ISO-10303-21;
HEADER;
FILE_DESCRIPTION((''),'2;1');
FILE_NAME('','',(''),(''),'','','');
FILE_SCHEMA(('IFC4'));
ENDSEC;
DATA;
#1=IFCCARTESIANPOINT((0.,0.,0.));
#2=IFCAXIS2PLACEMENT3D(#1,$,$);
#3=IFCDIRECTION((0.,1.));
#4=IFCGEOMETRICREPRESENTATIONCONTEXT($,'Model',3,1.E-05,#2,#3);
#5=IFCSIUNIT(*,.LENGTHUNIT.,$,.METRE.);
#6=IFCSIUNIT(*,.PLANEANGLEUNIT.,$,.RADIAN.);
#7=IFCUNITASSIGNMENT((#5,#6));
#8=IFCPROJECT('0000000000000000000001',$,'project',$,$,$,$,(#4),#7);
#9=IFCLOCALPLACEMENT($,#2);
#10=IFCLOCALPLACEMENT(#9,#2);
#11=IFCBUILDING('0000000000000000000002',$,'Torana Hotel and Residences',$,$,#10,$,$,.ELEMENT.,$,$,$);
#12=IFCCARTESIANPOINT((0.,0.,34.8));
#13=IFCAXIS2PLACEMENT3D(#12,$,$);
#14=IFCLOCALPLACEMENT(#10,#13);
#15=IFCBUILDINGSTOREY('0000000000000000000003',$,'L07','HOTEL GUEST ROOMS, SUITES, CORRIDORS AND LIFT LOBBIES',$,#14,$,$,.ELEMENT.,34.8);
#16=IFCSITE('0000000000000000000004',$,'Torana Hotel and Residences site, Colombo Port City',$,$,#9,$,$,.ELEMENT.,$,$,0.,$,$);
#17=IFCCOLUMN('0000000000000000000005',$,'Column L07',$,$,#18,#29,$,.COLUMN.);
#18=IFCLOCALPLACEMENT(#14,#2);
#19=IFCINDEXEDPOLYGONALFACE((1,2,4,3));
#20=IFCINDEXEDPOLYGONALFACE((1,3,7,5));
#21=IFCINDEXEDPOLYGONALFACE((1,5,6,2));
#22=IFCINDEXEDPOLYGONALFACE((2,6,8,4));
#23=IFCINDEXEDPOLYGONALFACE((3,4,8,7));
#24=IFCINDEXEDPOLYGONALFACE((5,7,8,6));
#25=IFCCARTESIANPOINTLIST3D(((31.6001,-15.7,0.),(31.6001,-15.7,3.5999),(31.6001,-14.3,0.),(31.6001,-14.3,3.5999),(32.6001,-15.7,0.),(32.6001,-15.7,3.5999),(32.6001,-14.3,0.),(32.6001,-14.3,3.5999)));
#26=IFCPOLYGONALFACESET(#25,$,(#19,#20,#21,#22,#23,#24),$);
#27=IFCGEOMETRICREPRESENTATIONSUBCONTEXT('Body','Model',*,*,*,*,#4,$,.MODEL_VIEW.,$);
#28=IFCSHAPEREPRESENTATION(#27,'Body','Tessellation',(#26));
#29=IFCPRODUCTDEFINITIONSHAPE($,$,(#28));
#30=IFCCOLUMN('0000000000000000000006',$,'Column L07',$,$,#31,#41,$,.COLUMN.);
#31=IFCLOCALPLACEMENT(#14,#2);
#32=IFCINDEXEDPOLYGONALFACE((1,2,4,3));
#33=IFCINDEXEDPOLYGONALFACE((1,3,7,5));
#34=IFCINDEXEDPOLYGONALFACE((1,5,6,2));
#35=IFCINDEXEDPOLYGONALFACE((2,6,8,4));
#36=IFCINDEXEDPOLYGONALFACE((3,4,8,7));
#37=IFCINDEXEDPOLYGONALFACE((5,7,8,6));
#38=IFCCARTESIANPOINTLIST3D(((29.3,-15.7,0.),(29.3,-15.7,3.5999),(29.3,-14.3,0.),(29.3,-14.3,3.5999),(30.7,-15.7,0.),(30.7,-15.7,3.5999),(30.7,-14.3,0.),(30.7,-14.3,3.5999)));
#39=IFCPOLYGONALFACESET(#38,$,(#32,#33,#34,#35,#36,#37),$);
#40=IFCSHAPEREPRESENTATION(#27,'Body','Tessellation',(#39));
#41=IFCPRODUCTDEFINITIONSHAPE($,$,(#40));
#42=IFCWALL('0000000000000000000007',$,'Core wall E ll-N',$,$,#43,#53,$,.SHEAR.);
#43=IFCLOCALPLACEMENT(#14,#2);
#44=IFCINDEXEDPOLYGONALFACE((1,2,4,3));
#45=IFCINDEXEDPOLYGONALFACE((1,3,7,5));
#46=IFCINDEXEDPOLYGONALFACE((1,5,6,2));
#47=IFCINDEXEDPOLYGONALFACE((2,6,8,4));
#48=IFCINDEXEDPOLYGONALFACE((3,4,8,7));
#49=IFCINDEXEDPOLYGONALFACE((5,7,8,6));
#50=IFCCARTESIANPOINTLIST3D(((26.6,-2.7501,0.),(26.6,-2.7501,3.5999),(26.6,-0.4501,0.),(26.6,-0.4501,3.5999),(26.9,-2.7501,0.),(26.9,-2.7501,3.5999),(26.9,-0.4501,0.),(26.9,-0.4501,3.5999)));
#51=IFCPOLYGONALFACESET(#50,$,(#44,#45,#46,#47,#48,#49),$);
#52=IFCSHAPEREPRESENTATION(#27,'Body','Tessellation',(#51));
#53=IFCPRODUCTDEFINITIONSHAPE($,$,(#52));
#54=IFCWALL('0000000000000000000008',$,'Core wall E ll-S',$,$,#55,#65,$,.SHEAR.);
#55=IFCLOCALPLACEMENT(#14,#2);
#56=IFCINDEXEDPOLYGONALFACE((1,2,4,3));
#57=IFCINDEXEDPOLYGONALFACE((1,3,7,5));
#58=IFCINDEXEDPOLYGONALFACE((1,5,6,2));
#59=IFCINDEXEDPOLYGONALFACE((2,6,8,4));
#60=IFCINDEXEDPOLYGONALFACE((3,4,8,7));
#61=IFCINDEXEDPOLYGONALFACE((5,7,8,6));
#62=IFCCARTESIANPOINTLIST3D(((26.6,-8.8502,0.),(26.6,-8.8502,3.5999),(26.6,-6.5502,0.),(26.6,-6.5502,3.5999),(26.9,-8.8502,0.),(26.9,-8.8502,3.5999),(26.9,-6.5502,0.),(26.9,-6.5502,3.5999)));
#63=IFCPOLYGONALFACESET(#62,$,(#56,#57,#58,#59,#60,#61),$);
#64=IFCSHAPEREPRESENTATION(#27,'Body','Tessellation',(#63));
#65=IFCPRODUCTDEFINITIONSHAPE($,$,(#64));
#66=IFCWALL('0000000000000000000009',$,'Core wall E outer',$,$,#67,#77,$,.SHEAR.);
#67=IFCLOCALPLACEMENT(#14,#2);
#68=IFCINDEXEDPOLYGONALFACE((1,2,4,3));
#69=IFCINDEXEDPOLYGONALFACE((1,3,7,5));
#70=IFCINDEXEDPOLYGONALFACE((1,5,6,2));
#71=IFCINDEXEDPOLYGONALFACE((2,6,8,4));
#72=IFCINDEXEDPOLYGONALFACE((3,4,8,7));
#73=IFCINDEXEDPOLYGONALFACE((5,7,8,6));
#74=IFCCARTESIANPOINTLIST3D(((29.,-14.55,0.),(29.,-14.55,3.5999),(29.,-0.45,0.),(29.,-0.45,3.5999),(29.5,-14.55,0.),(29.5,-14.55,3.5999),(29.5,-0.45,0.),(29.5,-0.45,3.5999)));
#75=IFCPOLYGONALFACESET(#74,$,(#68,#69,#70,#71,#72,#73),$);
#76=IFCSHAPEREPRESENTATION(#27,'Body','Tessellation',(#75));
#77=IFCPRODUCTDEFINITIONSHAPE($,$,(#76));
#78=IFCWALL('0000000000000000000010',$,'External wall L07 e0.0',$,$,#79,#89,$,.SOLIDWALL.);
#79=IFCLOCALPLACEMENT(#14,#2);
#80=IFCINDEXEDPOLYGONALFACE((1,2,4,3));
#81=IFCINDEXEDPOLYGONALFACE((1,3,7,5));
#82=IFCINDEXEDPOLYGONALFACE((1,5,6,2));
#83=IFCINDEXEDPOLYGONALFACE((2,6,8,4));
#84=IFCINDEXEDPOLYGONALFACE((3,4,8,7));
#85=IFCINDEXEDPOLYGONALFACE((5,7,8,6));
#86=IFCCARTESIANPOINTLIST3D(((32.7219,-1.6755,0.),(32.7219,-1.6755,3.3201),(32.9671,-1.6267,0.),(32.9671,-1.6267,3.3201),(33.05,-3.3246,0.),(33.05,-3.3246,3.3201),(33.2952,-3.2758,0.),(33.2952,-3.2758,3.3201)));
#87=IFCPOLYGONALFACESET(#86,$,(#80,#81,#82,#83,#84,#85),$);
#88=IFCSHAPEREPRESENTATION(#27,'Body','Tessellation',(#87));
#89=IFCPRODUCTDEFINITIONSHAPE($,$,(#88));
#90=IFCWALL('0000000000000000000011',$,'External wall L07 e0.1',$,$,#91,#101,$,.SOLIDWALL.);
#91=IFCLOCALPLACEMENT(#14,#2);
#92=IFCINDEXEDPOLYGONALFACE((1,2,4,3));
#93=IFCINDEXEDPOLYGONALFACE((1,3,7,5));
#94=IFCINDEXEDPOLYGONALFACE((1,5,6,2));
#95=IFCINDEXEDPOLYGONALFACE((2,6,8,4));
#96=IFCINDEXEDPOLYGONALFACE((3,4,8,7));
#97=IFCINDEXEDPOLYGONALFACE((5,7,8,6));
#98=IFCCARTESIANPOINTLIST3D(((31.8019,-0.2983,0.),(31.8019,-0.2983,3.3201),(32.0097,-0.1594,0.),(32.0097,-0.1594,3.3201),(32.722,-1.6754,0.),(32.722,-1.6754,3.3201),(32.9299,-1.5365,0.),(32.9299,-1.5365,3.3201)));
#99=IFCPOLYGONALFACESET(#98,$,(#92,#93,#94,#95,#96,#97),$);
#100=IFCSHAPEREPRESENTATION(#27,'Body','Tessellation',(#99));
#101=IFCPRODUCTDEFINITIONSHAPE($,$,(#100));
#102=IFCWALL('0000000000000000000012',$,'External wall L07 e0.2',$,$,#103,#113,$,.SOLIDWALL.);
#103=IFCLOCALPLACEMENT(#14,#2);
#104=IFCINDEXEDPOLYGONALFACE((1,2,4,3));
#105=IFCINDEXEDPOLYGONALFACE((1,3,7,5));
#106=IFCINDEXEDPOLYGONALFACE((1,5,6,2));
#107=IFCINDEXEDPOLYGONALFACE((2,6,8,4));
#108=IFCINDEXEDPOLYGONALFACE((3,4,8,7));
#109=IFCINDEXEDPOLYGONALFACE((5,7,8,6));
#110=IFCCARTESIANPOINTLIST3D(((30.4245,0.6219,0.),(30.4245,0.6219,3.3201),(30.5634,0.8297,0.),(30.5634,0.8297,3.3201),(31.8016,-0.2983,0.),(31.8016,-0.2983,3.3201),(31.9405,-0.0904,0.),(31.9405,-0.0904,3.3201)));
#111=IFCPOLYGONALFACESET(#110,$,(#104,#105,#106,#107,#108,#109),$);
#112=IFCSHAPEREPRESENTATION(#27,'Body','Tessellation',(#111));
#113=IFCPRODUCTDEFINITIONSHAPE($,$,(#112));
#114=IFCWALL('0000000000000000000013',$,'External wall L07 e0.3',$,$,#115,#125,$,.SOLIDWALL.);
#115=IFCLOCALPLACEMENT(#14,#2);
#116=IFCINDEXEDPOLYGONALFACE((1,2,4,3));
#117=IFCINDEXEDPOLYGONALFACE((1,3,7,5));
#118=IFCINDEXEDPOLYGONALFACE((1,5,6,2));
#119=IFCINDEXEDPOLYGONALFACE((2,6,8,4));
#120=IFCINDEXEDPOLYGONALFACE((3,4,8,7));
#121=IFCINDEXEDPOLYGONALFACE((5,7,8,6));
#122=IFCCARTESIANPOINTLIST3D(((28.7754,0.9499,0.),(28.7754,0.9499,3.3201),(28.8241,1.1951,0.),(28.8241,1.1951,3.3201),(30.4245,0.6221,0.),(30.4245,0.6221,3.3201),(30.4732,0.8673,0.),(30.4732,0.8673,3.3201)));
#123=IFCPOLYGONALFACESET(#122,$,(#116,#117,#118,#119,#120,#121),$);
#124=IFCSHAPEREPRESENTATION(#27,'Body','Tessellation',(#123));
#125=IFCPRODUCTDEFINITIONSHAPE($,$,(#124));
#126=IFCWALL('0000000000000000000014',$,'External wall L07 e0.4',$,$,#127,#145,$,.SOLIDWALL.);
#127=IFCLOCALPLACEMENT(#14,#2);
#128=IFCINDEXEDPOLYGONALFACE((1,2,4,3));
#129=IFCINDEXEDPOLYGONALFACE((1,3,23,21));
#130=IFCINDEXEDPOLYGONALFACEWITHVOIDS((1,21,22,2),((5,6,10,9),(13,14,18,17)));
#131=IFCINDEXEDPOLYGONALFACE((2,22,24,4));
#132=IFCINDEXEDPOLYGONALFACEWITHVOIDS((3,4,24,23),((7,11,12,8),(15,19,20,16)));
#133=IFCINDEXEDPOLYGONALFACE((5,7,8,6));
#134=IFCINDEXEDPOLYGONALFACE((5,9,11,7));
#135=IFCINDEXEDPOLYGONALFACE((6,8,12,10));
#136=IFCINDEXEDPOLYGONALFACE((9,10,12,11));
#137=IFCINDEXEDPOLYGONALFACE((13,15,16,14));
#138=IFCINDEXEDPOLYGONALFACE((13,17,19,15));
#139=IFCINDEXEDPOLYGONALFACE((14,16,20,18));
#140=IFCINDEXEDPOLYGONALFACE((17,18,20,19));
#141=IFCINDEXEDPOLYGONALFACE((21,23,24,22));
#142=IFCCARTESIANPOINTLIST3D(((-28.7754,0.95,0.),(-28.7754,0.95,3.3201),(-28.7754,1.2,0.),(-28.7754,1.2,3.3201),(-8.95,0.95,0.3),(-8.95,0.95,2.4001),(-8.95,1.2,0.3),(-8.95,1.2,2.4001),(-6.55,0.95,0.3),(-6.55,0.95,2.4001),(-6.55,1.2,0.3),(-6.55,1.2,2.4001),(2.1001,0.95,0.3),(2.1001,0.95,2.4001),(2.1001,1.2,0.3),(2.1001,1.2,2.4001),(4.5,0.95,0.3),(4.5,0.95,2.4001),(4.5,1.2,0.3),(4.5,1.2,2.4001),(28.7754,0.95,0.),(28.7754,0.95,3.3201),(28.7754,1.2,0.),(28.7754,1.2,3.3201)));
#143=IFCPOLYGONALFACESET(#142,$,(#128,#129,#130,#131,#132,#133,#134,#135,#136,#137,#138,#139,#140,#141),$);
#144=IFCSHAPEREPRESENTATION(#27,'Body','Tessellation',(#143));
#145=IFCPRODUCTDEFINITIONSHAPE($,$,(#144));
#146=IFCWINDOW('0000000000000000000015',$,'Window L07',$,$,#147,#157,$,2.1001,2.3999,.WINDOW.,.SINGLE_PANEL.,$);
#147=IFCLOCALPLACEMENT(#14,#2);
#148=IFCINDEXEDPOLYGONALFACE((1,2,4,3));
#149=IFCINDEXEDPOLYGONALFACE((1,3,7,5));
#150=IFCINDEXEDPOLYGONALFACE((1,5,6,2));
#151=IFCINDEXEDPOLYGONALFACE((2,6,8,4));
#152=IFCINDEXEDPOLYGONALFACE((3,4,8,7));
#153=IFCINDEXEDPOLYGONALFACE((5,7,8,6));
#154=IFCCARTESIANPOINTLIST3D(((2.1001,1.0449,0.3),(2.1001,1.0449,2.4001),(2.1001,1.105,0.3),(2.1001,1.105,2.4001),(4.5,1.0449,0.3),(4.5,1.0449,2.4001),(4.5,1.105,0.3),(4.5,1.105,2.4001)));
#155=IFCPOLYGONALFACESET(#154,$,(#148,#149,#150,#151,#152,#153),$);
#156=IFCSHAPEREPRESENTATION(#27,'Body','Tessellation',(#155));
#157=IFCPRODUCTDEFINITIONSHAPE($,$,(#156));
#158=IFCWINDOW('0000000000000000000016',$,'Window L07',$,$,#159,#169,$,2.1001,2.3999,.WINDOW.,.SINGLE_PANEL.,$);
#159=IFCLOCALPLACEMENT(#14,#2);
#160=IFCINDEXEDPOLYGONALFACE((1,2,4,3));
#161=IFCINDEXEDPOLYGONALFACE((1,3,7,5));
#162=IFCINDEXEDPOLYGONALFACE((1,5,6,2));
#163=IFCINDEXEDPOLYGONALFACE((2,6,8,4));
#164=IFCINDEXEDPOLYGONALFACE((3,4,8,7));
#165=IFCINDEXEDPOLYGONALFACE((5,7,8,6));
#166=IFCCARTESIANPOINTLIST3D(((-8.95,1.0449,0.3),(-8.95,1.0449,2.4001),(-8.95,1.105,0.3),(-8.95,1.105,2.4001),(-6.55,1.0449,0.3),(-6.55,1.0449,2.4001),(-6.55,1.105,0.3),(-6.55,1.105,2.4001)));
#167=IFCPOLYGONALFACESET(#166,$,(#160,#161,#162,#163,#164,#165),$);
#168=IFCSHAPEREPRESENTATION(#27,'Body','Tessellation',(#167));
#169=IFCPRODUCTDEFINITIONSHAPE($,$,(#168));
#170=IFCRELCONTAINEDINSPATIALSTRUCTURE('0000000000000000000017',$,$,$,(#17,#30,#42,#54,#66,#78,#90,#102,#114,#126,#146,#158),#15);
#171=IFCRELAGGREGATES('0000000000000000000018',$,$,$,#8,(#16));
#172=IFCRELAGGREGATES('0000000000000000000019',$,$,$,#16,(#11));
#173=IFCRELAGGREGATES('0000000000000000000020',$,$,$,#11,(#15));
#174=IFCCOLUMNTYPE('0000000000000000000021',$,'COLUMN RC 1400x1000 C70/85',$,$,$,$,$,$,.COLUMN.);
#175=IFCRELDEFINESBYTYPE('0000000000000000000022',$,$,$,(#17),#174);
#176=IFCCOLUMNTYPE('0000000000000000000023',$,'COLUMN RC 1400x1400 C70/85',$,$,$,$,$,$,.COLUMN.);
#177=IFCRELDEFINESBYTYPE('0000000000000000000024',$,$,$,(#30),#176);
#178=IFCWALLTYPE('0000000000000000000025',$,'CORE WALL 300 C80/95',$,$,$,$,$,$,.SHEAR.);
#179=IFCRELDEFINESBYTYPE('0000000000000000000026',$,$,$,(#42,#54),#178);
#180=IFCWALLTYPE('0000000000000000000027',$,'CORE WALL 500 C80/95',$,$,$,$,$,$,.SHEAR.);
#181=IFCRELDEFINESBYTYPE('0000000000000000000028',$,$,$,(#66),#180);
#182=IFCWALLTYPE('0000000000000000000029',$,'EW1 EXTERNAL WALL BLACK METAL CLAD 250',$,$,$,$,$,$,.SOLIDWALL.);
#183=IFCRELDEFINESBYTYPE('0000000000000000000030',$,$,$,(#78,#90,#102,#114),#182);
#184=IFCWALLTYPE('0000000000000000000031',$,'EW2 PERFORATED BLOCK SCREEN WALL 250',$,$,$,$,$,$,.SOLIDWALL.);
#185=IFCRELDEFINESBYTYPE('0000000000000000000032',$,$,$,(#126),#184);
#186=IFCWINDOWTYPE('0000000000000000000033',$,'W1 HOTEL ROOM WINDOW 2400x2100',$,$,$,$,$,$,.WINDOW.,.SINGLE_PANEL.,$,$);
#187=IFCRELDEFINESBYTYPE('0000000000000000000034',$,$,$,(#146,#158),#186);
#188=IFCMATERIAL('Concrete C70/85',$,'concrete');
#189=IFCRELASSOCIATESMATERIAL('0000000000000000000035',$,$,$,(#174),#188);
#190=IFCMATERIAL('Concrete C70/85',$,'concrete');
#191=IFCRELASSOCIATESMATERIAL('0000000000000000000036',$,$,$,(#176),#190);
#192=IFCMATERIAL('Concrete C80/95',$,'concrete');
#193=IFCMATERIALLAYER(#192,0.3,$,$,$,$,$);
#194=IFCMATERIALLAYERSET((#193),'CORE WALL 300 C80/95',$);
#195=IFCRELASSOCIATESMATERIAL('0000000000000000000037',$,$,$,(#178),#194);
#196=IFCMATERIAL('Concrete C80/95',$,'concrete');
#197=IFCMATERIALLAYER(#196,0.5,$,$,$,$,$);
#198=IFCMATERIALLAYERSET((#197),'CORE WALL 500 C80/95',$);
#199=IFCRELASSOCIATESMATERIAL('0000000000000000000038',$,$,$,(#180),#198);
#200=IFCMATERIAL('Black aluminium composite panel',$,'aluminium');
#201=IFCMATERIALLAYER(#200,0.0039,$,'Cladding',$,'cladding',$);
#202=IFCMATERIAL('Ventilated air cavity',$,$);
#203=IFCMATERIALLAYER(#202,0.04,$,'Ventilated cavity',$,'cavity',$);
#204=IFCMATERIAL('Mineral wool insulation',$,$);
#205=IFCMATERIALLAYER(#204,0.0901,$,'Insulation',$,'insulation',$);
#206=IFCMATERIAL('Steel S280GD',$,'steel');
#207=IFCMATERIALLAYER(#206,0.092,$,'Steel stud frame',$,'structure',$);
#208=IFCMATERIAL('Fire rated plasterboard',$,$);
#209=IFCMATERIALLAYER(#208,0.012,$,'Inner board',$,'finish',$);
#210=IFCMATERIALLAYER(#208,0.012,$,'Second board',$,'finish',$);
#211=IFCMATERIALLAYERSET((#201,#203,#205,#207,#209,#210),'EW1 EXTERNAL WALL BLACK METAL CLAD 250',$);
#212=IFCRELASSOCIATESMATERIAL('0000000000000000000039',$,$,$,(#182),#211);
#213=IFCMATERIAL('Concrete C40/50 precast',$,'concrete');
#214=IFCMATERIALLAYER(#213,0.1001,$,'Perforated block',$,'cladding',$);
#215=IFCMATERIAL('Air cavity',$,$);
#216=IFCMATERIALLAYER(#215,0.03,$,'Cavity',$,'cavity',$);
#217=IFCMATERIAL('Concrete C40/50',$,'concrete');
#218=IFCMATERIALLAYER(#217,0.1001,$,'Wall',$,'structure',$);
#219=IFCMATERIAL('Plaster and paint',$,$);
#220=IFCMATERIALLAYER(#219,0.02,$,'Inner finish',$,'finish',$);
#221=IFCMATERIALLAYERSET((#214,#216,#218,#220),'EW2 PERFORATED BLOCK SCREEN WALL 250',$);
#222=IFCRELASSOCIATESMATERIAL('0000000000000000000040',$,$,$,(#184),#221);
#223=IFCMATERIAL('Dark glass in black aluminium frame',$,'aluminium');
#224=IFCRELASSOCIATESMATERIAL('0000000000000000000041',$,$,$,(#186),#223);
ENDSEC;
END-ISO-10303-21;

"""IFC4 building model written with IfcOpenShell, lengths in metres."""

from ifc_helpers import new_model, si_unit, direction, frame, frame_2d, origin, origin_2d, place, context, subcontext, project, spatial, rectangle, extrude, material, layer, layer_set, material_profile, profile_set, type_object, element, fill, save


model = new_model("IFC4")

# Units and contexts
model_context = context("Model", 3, precision=1e-05, world=origin(), true_north=direction((0.0, 1.0)))
body_context = subcontext(model_context, "Body", "Model", "MODEL_VIEW")
ifc_project = project(units=[si_unit("LENGTHUNIT", "METRE"), si_unit("PLANEANGLEUNIT", "RADIAN")], contexts=[model_context])

# Site, building, storey
site_placement = place(None, origin())
site = spatial("IfcSite", under=ifc_project, at=site_placement, Name="Torana Hotel and Residences site, Colombo Port City", CompositionType="ELEMENT", RefElevation=0.0)
building_placement = place(site_placement, origin())
building = spatial("IfcBuilding", under=site, at=building_placement, Name="Torana Hotel and Residences", CompositionType="ELEMENT")
storey_placement = place(building_placement, frame((0.0, 0.0, 34.8)))
storey = spatial("IfcBuildingStorey", under=building, at=storey_placement, Name="L07", Description="HOTEL GUEST ROOMS, SUITES, CORRIDORS AND LIFT LOBBIES", CompositionType="ELEMENT", Elevation=34.8)

# Columns
ifc_material_1 = material(Name="Concrete C70/85", Category="concrete")
ifc_material_profile_1 = material_profile(ifc_material_1, rectangle(XDim=1.3999, YDim=1.0, at=origin_2d()), Name="RC 1400x1000")
ifc_profile_set_1 = profile_set([ifc_material_profile_1], Name="Concrete C70/85")
column_type_1 = type_object("IfcColumnType", Name="COLUMN RC 1400x1000 C70/85", PredefinedType="COLUMN", material=ifc_profile_set_1)
column_1_placement = place(storey_placement, frame((32.1001, -15.0, 0.0), z_axis=(0.0, 0.0, 1.0), x_axis=(0.0, 1.0, 0.0)))
element("IfcColumn", 1, at=column_1_placement, inside=storey, type_object=column_type_1, Name="Column L07", PredefinedType="COLUMN", context=body_context, shape_type="SweptSolid", body=[
    extrude(rectangle(XDim=1.3999, YDim=1.0, at=origin_2d()), origin(), (0.0, 0.0, 1.0), 3.5999),
])
ifc_material_2 = material(Name="Concrete C70/85", Category="concrete")
ifc_material_profile_2 = material_profile(ifc_material_2, rectangle(XDim=1.3999, YDim=1.3999, at=origin_2d()), Name="RC 1400x1400")
ifc_profile_set_2 = profile_set([ifc_material_profile_2], Name="Concrete C70/85")
column_type_2 = type_object("IfcColumnType", Name="COLUMN RC 1400x1400 C70/85", PredefinedType="COLUMN", material=ifc_profile_set_2)
column_2_placement = place(storey_placement, frame((30.0, -15.0, 0.0), z_axis=(0.0, 0.0, 1.0), x_axis=(1.0, 0.0, 0.0)))
element("IfcColumn", 2, at=column_2_placement, inside=storey, type_object=column_type_2, Name="Column L07", PredefinedType="COLUMN", context=body_context, shape_type="SweptSolid", body=[
    extrude(rectangle(XDim=1.3999, YDim=1.3999, at=origin_2d()), origin(), (0.0, 0.0, 1.0), 3.5999),
])

# Walls
ifc_material_3 = material(Name="Concrete C80/95", Category="concrete")
ifc_layer_1 = layer(ifc_material_3, 0.3)
ifc_layer_set_1 = layer_set([ifc_layer_1], Name="CORE WALL 300 C80/95")
wall_type_1 = type_object("IfcWallType", Name="CORE WALL 300 C80/95", PredefinedType="SHEAR", material=ifc_layer_set_1)
for number, where, z_axis, x_axis, name in (
    (3, (26.75, -2.75, 0.0), (0.0, 0.0, 1.0), (0.0, 1.0, 0.0), "Core wall E ll-N"),
    (4, (26.75, -8.8501, 0.0), (0.0, 0.0, 1.0), (0.0, 1.0, 0.0), "Core wall E ll-S"),
):
    element("IfcWall", number, at=place(storey_placement, frame(where, z_axis=z_axis, x_axis=x_axis)), inside=storey, type_object=wall_type_1, Name=name, PredefinedType="SHEAR", context=body_context, shape_type="SweptSolid", body=[
        extrude(rectangle(XDim=2.3, YDim=0.3, at=frame_2d((1.1499, 0.0))), origin(), (0.0, 0.0, 1.0), 3.5999),
    ])
ifc_material_4 = material(Name="Concrete C80/95", Category="concrete")
ifc_layer_2 = layer(ifc_material_4, 0.5)
ifc_layer_set_2 = layer_set([ifc_layer_2], Name="CORE WALL 500 C80/95")
wall_type_2 = type_object("IfcWallType", Name="CORE WALL 500 C80/95", PredefinedType="SHEAR", material=ifc_layer_set_2)
wall_1_placement = place(storey_placement, frame((29.25, -14.55, 0.0), z_axis=(0.0, 0.0, 1.0), x_axis=(0.0, 1.0, 0.0)))
element("IfcWall", 5, at=wall_1_placement, inside=storey, type_object=wall_type_2, Name="Core wall E outer", PredefinedType="SHEAR", context=body_context, shape_type="SweptSolid", body=[
    extrude(rectangle(XDim=14.1001, YDim=0.5, at=frame_2d((7.05, 0.0))), origin(), (0.0, 0.0, 1.0), 3.5999),
])
ifc_material_5 = material(Name="Black aluminium composite panel", Category="aluminium")
ifc_layer_3 = layer(ifc_material_5, 0.0039, Name="Cladding", Category="cladding")
ifc_material_6 = material(Name="Ventilated air cavity")
ifc_layer_4 = layer(ifc_material_6, 0.04, Name="Ventilated cavity", Category="cavity")
ifc_material_7 = material(Name="Mineral wool insulation")
ifc_layer_5 = layer(ifc_material_7, 0.0901, Name="Insulation", Category="insulation")
ifc_material_8 = material(Name="Steel S280GD", Category="steel")
ifc_layer_6 = layer(ifc_material_8, 0.092, Name="Steel stud frame", Category="structure")
ifc_material_9 = material(Name="Fire rated plasterboard")
ifc_layer_7 = layer(ifc_material_9, 0.012, Name="Inner board", Category="finish")
ifc_layer_8 = layer(ifc_material_9, 0.012, Name="Second board", Category="finish")
ifc_layer_set_3 = layer_set([ifc_layer_3, ifc_layer_4, ifc_layer_5, ifc_layer_6, ifc_layer_7, ifc_layer_8], Name="EW1 EXTERNAL WALL BLACK METAL CLAD 250")
wall_type_3 = type_object("IfcWallType", Name="EW1 EXTERNAL WALL BLACK METAL CLAD 250", PredefinedType="SOLIDWALL", material=ifc_layer_set_3)
wall_2_placement = place(storey_placement, frame((33.1726, -3.3003, 0.0), z_axis=(0.0, 0.0, 1.0), x_axis=(-0.195139, 0.980776, 0.0)))
element("IfcWall", 6, at=wall_2_placement, inside=storey, type_object=wall_type_3, Name="External wall L07 e0.0", PredefinedType="SOLIDWALL", context=body_context, shape_type="SweptSolid", body=[
    extrude(rectangle(XDim=1.6814, YDim=0.25, at=frame_2d((0.8408, 0.0))), origin(), (0.0, 0.0, 1.0), 3.3201),
])
for number, where, z_axis, x_axis, name in (
    (7, (32.8259, -1.606, 0.0), (0.0, 0.0, 1.0), (-0.55555, 0.831483, 0.0), "External wall L07 e0.1"),
    (8, (31.8711, -0.1943, 0.0), (0.0, 0.0, 1.0), (-0.831483, 0.55555, 0.0), "External wall L07 e0.2"),
):
    element("IfcWall", number, at=place(storey_placement, frame(where, z_axis=z_axis, x_axis=x_axis)), inside=storey, type_object=wall_type_3, Name=name, PredefinedType="SOLIDWALL", context=body_context, shape_type="SweptSolid", body=[
        extrude(rectangle(XDim=1.6562, YDim=0.25, at=frame_2d((0.8281, 0.0))), origin(), (0.0, 0.0, 1.0), 3.3201),
    ])
wall_3_placement = place(storey_placement, frame((30.449, 0.7446, 0.0), z_axis=(0.0, 0.0, 1.0), x_axis=(-0.980803, 0.194999, 0.0)))
element("IfcWall", 9, at=wall_3_placement, inside=storey, type_object=wall_type_3, Name="External wall L07 e0.3", PredefinedType="SOLIDWALL", context=body_context, shape_type="SweptSolid", body=[
    extrude(rectangle(XDim=1.6814, YDim=0.25, at=frame_2d((0.8408, 0.0))), origin(), (0.0, 0.0, 1.0), 3.3201),
])

# Wall, openings, windows
ifc_material_10 = material(Name="Concrete C40/50 precast", Category="concrete")
ifc_layer_9 = layer(ifc_material_10, 0.1001, Name="Perforated block", Category="cladding")
ifc_material_11 = material(Name="Air cavity")
ifc_layer_10 = layer(ifc_material_11, 0.03, Name="Cavity", Category="cavity")
ifc_material_12 = material(Name="Concrete C40/50", Category="concrete")
ifc_layer_11 = layer(ifc_material_12, 0.1001, Name="Wall", Category="structure")
ifc_material_13 = material(Name="Plaster and paint")
ifc_layer_12 = layer(ifc_material_13, 0.02, Name="Inner finish", Category="finish")
ifc_layer_set_4 = layer_set([ifc_layer_9, ifc_layer_10, ifc_layer_11, ifc_layer_12], Name="EW2 PERFORATED BLOCK SCREEN WALL 250")
wall_type_4 = type_object("IfcWallType", Name="EW2 PERFORATED BLOCK SCREEN WALL 250", PredefinedType="SOLIDWALL", material=ifc_layer_set_4)
wall_4_placement = place(storey_placement, frame((28.7754, 1.075, 0.0), z_axis=(0.0, 0.0, 1.0), x_axis=(-1.0, 0.0, 0.0)))
wall_4 = element("IfcWall", 10, at=wall_4_placement, inside=storey, type_object=wall_type_4, Name="External wall L07 e0.4", PredefinedType="SOLIDWALL", context=body_context, shape_type="SweptSolid", body=[
    extrude(rectangle(XDim=57.5508, YDim=0.25, at=frame_2d((28.7754, 0.0))), origin(), (0.0, 0.0, 1.0), 3.3201),
])
opening_1_placement = place(wall_4_placement, frame((24.2754, 0.0, 0.3)))
opening_1 = element("IfcOpeningElement", 11, at=opening_1_placement, cuts=wall_4, PredefinedType="OPENING", context=body_context, shape_type="SweptSolid", body=[
    extrude(rectangle(XDim=2.3999, YDim=2.1001, at=frame_2d((1.2, 1.05))), frame((0.0, 0.135, 0.0), z_axis=(0.0, -1.0, 0.0), x_axis=(1.0, 0.0, 0.0)), (0.0, 0.0, 1.0), 0.27),
])
opening_2_placement = place(wall_4_placement, frame((35.3254, 0.0, 0.3)))
opening_2 = element("IfcOpeningElement", 12, at=opening_2_placement, cuts=wall_4, PredefinedType="OPENING", context=body_context, shape_type="SweptSolid", body=[
    extrude(rectangle(XDim=2.3999, YDim=2.1001, at=frame_2d((1.2, 1.05))), frame((0.0, 0.135, 0.0), z_axis=(0.0, -1.0, 0.0), x_axis=(1.0, 0.0, 0.0)), (0.0, 0.0, 1.0), 0.27),
])
ifc_material_14 = material(Name="Dark glass in black aluminium frame", Category="aluminium")
window_type = type_object("IfcWindowType", Name="W1 HOTEL ROOM WINDOW 2400x2100", PartitioningType="SINGLE_PANEL", PredefinedType="WINDOW", material=ifc_material_14)
window_1_placement = place(opening_1_placement, origin())
window_1 = element("IfcWindow", 13, at=window_1_placement, inside=storey, type_object=window_type, Name="Window L07", OverallHeight=2.1001, OverallWidth=2.3999, PartitioningType="SINGLE_PANEL", PredefinedType="WINDOW", context=body_context, shape_type="SweptSolid", body=[
    extrude(rectangle(XDim=2.3999, YDim=2.1001, at=frame_2d((1.2, 1.05))), frame((0.0, 0.03, 0.0), z_axis=(0.0, -1.0, 0.0), x_axis=(1.0, 0.0, 0.0)), (0.0, 0.0, 1.0), 0.0601),
])
fill(opening_1, window_1)
window_2_placement = place(opening_2_placement, origin())
window_2 = element("IfcWindow", 14, at=window_2_placement, inside=storey, type_object=window_type, Name="Window L07", OverallHeight=2.1001, OverallWidth=2.3999, PartitioningType="SINGLE_PANEL", PredefinedType="WINDOW", context=body_context, shape_type="SweptSolid", body=[
    extrude(rectangle(XDim=2.3999, YDim=2.1001, at=frame_2d((1.2, 1.05))), frame((0.0, 0.03, 0.0), z_axis=(0.0, -1.0, 0.0), x_axis=(1.0, 0.0, 0.0)), (0.0, 0.0, 1.0), 0.0601),
])
fill(opening_2, window_2)

save(model, "model.ifc")
